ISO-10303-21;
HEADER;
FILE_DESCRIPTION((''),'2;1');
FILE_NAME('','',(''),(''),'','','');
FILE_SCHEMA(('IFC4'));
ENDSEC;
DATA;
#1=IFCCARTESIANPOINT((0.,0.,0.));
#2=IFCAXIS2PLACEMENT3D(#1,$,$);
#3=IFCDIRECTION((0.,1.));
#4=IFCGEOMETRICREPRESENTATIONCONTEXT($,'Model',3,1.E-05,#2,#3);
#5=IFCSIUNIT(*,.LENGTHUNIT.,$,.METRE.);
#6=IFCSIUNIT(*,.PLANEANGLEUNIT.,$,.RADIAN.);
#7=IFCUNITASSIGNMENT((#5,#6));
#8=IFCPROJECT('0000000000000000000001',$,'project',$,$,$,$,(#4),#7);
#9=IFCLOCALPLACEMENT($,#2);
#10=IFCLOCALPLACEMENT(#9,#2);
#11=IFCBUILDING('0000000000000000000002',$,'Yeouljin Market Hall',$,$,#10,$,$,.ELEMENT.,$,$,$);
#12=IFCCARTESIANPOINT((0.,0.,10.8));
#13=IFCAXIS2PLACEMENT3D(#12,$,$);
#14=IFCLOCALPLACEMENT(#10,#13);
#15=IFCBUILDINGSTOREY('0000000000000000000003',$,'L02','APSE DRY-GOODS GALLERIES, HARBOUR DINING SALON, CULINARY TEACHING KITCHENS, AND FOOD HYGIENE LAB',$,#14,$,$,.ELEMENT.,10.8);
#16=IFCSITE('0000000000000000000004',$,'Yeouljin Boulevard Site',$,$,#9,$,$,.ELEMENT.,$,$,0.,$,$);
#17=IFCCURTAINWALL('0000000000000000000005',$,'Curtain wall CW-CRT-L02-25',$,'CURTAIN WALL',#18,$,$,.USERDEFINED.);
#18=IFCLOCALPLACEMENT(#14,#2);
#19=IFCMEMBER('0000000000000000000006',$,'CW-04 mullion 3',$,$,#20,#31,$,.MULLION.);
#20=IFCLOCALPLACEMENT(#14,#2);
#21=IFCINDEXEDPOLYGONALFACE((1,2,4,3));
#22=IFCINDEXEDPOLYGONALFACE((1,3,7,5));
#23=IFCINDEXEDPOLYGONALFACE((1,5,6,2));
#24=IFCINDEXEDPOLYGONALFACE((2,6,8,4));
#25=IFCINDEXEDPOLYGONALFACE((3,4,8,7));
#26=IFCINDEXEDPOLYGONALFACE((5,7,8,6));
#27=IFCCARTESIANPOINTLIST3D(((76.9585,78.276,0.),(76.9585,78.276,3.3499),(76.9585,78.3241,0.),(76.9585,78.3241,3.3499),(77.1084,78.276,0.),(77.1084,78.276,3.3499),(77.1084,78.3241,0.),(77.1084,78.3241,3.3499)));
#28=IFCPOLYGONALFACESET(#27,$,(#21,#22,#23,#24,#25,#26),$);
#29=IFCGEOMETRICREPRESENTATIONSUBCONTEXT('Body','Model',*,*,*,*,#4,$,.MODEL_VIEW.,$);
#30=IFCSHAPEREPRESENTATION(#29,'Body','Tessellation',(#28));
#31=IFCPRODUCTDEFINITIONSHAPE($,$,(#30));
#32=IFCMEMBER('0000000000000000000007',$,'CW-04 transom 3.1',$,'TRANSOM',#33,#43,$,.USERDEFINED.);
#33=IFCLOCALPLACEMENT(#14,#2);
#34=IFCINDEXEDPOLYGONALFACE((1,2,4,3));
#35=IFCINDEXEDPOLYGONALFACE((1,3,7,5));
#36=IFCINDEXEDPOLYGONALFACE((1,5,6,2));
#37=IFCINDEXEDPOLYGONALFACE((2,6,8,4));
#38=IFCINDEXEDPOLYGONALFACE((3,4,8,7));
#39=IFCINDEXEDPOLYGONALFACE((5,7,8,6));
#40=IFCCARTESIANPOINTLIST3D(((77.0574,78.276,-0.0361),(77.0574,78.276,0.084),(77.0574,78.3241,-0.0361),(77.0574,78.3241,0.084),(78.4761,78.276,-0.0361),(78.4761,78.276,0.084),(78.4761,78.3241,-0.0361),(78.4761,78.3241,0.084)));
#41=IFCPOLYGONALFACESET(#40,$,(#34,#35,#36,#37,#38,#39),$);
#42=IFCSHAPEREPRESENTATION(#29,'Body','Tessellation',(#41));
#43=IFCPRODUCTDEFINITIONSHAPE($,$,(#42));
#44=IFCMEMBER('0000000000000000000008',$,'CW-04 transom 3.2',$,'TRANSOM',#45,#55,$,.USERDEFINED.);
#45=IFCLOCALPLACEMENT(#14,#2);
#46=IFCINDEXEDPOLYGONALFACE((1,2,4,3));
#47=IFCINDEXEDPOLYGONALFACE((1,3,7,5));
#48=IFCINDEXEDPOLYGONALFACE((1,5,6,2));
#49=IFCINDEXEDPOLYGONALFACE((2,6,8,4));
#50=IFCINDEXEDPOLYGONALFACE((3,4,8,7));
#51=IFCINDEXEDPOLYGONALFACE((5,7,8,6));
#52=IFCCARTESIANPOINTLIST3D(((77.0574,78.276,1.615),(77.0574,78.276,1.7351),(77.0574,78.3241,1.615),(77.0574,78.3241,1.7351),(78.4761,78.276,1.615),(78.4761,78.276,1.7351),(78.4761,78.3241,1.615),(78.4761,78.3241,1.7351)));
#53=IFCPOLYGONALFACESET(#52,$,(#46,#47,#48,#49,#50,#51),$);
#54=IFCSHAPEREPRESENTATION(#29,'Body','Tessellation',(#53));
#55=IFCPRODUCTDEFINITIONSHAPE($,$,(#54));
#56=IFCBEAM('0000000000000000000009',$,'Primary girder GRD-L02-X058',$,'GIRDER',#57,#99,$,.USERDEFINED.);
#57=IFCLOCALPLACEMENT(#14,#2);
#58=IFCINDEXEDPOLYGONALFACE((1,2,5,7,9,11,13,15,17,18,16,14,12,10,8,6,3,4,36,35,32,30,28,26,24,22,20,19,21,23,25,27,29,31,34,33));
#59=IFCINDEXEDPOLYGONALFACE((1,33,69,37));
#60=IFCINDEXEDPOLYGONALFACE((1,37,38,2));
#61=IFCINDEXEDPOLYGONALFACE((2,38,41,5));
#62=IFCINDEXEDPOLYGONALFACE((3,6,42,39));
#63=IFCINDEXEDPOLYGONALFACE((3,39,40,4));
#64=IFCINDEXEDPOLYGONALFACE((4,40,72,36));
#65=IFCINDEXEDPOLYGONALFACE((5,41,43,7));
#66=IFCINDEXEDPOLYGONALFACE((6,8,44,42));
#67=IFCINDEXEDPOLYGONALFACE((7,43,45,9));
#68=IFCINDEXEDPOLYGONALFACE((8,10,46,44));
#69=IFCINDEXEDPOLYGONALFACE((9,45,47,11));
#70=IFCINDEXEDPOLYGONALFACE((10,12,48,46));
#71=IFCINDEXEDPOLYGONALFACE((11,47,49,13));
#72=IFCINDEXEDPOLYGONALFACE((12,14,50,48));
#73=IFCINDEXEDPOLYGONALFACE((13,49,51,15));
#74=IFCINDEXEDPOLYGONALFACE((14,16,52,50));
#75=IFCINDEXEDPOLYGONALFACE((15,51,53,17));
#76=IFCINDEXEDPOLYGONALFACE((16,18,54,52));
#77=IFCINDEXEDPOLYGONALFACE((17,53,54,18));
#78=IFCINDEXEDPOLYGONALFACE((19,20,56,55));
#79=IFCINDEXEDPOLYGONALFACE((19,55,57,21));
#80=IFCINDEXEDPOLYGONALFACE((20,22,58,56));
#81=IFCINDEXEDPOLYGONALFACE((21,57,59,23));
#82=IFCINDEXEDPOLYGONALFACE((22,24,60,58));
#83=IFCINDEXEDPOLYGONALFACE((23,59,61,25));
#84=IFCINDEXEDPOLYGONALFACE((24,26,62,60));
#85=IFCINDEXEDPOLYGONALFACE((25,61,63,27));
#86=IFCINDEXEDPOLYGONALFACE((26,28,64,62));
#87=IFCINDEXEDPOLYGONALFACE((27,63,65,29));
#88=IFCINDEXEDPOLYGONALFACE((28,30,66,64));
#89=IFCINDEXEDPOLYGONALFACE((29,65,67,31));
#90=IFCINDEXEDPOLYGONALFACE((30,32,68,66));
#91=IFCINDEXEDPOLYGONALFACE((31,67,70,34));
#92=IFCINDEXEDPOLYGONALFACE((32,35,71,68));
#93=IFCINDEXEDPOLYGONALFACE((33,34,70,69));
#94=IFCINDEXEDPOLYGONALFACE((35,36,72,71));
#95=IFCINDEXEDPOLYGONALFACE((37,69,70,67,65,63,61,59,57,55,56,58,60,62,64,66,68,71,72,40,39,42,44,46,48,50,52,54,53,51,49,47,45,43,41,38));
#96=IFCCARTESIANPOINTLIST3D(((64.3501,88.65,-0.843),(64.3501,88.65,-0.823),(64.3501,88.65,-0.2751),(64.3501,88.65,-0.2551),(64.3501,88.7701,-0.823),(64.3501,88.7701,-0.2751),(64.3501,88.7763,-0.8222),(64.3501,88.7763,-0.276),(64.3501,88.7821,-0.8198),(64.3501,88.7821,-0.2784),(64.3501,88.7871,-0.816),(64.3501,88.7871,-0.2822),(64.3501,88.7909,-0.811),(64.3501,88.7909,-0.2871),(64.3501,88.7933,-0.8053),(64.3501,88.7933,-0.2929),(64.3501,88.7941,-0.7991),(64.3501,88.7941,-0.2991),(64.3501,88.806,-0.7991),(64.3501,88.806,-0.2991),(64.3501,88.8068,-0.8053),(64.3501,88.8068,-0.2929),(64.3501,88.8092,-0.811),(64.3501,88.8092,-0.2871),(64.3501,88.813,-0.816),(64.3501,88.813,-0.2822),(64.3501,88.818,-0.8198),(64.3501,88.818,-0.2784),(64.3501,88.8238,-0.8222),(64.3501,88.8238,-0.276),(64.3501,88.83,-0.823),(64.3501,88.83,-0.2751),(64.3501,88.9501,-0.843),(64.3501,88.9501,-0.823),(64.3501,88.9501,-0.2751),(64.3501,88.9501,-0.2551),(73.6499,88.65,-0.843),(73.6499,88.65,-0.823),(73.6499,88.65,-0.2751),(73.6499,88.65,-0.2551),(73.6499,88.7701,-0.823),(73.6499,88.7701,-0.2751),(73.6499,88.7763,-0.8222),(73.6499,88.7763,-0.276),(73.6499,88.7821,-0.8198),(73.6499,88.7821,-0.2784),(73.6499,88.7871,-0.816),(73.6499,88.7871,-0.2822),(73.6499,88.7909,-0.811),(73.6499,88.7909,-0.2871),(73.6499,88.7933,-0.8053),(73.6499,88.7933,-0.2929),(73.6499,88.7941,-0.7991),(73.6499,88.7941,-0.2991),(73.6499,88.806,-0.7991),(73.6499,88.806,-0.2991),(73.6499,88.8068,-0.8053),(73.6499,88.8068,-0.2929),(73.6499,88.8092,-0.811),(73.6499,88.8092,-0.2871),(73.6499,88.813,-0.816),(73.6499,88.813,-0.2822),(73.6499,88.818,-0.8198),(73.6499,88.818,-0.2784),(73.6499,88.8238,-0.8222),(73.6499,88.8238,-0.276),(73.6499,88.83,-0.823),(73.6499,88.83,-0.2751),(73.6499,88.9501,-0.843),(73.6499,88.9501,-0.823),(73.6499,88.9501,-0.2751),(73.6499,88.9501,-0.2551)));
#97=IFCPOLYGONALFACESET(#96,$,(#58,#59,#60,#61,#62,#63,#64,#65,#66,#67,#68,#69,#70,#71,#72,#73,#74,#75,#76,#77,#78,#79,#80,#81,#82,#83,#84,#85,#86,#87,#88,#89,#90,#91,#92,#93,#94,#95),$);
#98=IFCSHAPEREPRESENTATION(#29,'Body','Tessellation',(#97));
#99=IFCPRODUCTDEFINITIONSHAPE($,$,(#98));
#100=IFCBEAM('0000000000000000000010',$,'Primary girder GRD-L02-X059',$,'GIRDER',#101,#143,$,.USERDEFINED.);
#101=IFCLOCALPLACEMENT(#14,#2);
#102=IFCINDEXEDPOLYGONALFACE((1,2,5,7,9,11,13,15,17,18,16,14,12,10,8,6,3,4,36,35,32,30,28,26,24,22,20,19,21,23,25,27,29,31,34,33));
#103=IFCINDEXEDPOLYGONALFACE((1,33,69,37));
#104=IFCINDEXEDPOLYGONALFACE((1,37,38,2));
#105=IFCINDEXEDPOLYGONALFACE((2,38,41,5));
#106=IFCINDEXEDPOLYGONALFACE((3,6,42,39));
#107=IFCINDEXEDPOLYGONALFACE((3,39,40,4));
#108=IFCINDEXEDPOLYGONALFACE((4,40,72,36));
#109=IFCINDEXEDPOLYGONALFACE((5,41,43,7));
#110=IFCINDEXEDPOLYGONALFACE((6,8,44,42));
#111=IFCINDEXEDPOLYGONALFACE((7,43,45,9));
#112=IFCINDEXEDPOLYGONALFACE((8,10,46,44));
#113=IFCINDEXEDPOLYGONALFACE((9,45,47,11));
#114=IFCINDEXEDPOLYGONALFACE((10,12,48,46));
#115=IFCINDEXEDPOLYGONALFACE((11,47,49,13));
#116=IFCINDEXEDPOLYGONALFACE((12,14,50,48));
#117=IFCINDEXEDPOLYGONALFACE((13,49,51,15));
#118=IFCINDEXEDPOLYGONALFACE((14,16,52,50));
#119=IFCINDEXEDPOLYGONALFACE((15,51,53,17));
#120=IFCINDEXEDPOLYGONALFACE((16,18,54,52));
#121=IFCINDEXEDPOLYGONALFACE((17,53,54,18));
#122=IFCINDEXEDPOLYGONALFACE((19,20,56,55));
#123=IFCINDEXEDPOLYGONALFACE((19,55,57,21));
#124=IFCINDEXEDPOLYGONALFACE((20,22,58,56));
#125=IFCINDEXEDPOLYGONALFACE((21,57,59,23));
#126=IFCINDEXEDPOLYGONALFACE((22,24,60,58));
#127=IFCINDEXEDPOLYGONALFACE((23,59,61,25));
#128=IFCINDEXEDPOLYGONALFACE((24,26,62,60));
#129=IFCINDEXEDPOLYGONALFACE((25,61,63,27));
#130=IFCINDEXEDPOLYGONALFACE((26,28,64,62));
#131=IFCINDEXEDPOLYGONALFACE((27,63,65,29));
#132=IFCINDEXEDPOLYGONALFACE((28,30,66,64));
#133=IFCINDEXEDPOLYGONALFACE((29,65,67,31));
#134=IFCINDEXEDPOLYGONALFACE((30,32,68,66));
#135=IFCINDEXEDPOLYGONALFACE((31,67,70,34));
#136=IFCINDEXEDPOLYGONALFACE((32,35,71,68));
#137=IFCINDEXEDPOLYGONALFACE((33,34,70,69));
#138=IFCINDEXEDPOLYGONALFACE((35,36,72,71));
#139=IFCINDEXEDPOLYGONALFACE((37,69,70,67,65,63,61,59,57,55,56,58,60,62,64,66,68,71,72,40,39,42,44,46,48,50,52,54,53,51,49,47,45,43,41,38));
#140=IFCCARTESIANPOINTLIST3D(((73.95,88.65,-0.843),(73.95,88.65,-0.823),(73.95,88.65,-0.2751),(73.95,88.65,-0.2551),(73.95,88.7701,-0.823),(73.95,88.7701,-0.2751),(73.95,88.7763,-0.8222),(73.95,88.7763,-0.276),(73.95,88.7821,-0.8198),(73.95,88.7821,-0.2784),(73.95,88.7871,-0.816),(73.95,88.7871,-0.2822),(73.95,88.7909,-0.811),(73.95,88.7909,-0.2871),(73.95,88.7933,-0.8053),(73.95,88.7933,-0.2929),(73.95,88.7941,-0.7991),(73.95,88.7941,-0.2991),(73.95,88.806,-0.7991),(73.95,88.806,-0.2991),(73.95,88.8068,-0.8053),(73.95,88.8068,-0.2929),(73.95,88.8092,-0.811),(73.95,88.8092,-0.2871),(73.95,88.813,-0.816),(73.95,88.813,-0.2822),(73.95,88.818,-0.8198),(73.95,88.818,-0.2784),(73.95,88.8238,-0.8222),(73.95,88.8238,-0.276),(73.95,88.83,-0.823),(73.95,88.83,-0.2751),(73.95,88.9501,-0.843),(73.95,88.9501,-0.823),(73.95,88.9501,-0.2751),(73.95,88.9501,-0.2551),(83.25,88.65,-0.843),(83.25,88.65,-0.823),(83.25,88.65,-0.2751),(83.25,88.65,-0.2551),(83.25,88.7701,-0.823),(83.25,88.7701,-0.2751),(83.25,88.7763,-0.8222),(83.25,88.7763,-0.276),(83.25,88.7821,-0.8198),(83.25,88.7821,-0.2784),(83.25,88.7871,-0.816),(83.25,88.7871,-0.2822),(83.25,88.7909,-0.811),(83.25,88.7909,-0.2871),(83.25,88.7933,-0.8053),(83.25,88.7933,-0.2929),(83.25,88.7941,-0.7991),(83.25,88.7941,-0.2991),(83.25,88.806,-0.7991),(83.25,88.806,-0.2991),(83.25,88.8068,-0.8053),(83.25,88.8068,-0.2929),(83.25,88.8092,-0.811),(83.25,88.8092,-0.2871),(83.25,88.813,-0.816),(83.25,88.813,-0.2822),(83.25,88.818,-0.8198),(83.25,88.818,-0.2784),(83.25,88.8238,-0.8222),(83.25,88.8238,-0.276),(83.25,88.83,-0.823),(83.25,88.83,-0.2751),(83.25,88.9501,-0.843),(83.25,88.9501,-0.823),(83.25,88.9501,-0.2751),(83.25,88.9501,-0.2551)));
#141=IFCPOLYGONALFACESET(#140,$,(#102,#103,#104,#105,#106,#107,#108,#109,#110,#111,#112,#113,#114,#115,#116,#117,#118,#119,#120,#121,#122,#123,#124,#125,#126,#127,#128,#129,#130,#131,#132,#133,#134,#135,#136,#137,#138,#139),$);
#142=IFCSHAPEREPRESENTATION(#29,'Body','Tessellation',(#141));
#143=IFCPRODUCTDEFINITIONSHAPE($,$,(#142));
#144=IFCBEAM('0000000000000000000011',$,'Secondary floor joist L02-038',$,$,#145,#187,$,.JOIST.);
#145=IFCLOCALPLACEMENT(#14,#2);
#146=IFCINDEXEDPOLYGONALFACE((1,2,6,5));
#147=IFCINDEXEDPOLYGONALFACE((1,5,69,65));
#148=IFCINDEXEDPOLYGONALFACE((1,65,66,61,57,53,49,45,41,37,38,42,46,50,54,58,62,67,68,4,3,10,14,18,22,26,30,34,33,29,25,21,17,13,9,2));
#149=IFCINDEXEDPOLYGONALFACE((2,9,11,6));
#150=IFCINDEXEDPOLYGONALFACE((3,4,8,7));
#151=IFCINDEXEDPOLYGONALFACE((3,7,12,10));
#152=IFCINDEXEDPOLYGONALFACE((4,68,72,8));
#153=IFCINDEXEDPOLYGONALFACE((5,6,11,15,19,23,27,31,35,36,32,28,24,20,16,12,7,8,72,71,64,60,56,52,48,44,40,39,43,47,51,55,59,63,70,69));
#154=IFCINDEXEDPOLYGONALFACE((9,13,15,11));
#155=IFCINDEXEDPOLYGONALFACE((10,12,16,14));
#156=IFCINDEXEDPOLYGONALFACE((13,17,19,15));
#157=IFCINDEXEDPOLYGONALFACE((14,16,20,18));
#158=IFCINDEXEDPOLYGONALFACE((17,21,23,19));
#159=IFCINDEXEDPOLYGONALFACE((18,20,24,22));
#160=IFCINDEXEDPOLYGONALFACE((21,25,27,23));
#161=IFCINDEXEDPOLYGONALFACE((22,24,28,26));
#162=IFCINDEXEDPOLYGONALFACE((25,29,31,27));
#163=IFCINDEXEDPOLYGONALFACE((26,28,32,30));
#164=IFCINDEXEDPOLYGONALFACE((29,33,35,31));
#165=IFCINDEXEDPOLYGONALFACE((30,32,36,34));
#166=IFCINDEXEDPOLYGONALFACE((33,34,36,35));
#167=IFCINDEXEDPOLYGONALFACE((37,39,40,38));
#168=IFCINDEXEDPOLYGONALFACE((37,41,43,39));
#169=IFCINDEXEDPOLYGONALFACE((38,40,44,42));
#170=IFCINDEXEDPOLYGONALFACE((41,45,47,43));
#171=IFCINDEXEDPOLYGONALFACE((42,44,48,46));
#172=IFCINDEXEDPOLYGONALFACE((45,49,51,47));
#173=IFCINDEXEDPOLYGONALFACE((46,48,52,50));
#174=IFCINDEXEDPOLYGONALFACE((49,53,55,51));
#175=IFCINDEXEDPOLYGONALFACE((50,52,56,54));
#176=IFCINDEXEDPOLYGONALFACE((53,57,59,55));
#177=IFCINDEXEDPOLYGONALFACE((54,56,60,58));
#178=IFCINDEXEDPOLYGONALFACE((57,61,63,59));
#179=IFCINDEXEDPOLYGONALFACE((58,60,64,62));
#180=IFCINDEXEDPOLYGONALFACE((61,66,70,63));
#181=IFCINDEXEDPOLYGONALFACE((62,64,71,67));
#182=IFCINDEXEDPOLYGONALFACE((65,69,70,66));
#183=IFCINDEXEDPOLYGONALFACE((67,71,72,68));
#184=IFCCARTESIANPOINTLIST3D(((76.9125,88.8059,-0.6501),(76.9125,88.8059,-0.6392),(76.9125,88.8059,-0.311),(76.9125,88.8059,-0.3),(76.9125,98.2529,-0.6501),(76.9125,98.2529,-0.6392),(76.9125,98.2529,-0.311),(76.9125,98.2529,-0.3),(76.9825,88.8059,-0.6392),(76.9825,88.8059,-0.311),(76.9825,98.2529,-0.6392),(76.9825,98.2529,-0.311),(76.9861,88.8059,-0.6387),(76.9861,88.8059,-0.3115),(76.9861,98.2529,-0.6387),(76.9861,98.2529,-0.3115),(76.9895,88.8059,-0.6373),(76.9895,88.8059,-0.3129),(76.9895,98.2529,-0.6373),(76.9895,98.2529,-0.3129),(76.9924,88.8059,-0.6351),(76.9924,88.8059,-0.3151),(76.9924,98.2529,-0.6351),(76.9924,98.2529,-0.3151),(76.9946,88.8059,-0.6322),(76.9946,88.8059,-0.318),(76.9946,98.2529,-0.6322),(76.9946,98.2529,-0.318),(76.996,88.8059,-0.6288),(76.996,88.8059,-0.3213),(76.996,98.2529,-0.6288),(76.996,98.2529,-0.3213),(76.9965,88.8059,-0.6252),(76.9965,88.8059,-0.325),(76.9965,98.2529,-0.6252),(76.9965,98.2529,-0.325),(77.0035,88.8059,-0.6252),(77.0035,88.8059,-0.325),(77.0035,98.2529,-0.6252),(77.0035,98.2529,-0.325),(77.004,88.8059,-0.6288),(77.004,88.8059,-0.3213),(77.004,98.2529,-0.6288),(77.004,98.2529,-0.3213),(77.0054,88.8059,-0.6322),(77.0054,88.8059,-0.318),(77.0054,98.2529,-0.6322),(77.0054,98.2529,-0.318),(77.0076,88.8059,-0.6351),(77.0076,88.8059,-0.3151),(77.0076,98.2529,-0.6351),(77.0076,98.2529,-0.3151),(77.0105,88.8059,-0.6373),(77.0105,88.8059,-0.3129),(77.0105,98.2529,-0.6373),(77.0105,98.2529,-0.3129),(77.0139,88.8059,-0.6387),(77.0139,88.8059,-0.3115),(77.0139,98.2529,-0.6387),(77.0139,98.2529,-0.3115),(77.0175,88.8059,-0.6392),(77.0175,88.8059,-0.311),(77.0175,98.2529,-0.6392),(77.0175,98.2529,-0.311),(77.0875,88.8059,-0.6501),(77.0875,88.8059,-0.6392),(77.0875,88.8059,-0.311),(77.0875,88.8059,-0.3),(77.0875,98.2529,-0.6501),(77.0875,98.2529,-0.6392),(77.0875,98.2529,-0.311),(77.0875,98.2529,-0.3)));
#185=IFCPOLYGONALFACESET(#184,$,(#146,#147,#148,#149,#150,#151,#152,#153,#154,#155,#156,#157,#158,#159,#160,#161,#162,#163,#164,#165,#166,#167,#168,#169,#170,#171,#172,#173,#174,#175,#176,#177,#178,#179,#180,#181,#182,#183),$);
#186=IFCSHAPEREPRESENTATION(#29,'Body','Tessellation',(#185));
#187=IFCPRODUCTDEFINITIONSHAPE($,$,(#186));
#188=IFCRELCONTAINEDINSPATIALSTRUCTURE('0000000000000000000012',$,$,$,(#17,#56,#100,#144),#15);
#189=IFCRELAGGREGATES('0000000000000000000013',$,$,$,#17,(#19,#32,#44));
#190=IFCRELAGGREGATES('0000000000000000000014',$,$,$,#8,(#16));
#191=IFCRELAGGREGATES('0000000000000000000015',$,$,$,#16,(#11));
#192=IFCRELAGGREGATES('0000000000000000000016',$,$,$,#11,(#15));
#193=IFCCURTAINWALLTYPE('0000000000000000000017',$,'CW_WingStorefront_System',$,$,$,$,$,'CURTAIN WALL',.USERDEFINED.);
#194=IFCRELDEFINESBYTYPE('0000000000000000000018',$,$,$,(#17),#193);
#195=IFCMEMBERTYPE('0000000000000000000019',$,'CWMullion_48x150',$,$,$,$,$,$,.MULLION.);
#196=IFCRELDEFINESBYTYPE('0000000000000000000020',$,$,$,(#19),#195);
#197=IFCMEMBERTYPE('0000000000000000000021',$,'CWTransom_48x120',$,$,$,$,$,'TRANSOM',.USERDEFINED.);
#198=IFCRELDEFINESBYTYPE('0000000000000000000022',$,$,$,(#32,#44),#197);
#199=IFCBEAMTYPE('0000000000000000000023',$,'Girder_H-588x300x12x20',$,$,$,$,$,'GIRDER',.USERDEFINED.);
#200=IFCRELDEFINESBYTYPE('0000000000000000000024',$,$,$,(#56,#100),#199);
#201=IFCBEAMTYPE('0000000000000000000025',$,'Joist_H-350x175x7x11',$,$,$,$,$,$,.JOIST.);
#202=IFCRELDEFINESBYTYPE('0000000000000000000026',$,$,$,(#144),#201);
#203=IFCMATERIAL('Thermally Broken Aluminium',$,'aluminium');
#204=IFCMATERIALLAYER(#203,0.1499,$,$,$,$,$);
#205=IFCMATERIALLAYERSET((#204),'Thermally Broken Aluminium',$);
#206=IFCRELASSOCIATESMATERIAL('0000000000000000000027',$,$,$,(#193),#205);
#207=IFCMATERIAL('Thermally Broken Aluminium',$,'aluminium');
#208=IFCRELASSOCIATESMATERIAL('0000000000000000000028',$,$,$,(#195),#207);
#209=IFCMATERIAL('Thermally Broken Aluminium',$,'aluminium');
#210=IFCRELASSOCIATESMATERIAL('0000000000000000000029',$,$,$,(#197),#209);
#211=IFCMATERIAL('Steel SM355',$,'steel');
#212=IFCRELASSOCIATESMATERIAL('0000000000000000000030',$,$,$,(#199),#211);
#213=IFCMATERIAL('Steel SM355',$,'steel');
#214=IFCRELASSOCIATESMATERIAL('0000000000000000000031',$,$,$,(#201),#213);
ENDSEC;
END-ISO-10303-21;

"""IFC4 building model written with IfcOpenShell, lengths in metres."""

from ifc_helpers import new_model, si_unit, direction, frame, origin, origin_2d, place, context, subcontext, project, spatial, rectangle, i_section, extrude, material, layer, layer_set, material_profile, profile_set, type_object, element, aggregate, save


model = new_model("IFC4")

# Units and contexts
model_context = context("Model", 3, precision=1e-05, world=origin(), true_north=direction((0.0, 1.0)))
body_context = subcontext(model_context, "Body", "Model", "MODEL_VIEW")
ifc_project = project(units=[si_unit("LENGTHUNIT", "METRE"), si_unit("PLANEANGLEUNIT", "RADIAN")], contexts=[model_context])

# Site, building, storey
site_placement = place(None, origin())
site = spatial("IfcSite", under=ifc_project, at=site_placement, Name="Yeouljin Boulevard Site", CompositionType="ELEMENT", RefElevation=0.0)
building_placement = place(site_placement, origin())
building = spatial("IfcBuilding", under=site, at=building_placement, Name="Yeouljin Market Hall", CompositionType="ELEMENT")
storey_placement = place(building_placement, frame((0.0, 0.0, 10.8)))
storey = spatial("IfcBuildingStorey", under=building, at=storey_placement, Name="L02", Description="APSE DRY-GOODS GALLERIES, HARBOUR DINING SALON, CULINARY TEACHING KITCHENS, AND FOOD HYGIENE LAB", CompositionType="ELEMENT", Elevation=10.8)

# Curtain wall, members
ifc_material_1 = material(Name="Thermally Broken Aluminium", Category="aluminium")
ifc_layer_1 = layer(ifc_material_1, 0.1499)
ifc_layer_set_1 = layer_set([ifc_layer_1], Name="Thermally Broken Aluminium")
curtain_wall_type = type_object("IfcCurtainWallType", Name="CW_WingStorefront_System", ElementType="CURTAIN WALL", PredefinedType="USERDEFINED", material=ifc_layer_set_1)
curtain_wall_placement = place(storey_placement, origin())
curtain_wall = element("IfcCurtainWall", 1, at=curtain_wall_placement, inside=storey, type_object=curtain_wall_type, Name="Curtain wall CW-CRT-L02-25", ObjectType="CURTAIN WALL", PredefinedType="USERDEFINED")
ifc_material_2 = material(Name="Thermally Broken Aluminium", Category="aluminium")
ifc_material_profile_1 = material_profile(ifc_material_2, rectangle(XDim=0.0481, YDim=0.1499, at=origin_2d()), Name="CW-MULL-48x150")
ifc_profile_set_1 = profile_set([ifc_material_profile_1], Name="Thermally Broken Aluminium")
member_type_1 = type_object("IfcMemberType", Name="CWMullion_48x150", PredefinedType="MULLION", material=ifc_profile_set_1)
member_1_placement = place(storey_placement, frame((77.0334, 78.3, 0.0), z_axis=(0.0, 0.0, 1.0), x_axis=(0.0, 1.0, 0.0)))
member_1 = element("IfcMember", 2, at=member_1_placement, type_object=member_type_1, Name="CW-04 mullion 3", PredefinedType="MULLION", context=body_context, shape_type="SweptSolid", body=[
    extrude(rectangle(XDim=0.0481, YDim=0.1499, at=origin_2d()), origin(), (0.0, 0.0, 1.0), 3.3499),
])
ifc_material_3 = material(Name="Thermally Broken Aluminium", Category="aluminium")
ifc_material_profile_2 = material_profile(ifc_material_3, rectangle(XDim=0.0481, YDim=0.1201, at=origin_2d()), Name="CW-TRAN-48x120")
ifc_profile_set_2 = profile_set([ifc_material_profile_2], Name="Thermally Broken Aluminium")
member_type_2 = type_object("IfcMemberType", Name="CWTransom_48x120", ElementType="TRANSOM", PredefinedType="USERDEFINED", material=ifc_profile_set_2)
member_2_placement = place(storey_placement, frame((77.0574, 78.3, 0.0239), z_axis=(1.0, 0.0, 0.0), x_axis=(0.0, 1.0, 0.0)))
member_2 = element("IfcMember", 3, at=member_2_placement, type_object=member_type_2, Name="CW-04 transom 3.1", ObjectType="TRANSOM", PredefinedType="USERDEFINED", context=body_context, shape_type="SweptSolid", body=[
    extrude(rectangle(XDim=0.0481, YDim=0.1201, at=origin_2d()), origin(), (0.0, 0.0, 1.0), 1.4187),
])
member_3_placement = place(storey_placement, frame((77.0574, 78.3, 1.675), z_axis=(1.0, 0.0, 0.0), x_axis=(0.0, 1.0, 0.0)))
member_3 = element("IfcMember", 4, at=member_3_placement, type_object=member_type_2, Name="CW-04 transom 3.2", ObjectType="TRANSOM", PredefinedType="USERDEFINED", context=body_context, shape_type="SweptSolid", body=[
    extrude(rectangle(XDim=0.0481, YDim=0.1201, at=origin_2d()), origin(), (0.0, 0.0, 1.0), 1.4187),
])

# Beams
ifc_material_4 = material(Name="Steel SM355", Category="steel")
ifc_material_profile_3 = material_profile(ifc_material_4, i_section(OverallWidth=0.3, OverallDepth=0.5879, WebThickness=0.012, FlangeThickness=0.02, FilletRadius=0.0239, at=origin_2d()), Name="H-588x300x12x20")
ifc_profile_set_3 = profile_set([ifc_material_profile_3], Name="Steel SM355")
beam_type_1 = type_object("IfcBeamType", Name="Girder_H-588x300x12x20", ElementType="GIRDER", PredefinedType="USERDEFINED", material=ifc_profile_set_3)
beam_1_placement = place(storey_placement, frame((64.3501, 88.8, -0.5491), z_axis=(1.0, 0.0, 0.0), x_axis=(0.0, 1.0, 0.0)))
element("IfcBeam", 5, at=beam_1_placement, inside=storey, type_object=beam_type_1, Name="Primary girder GRD-L02-X058", ObjectType="GIRDER", PredefinedType="USERDEFINED", context=body_context, shape_type="SweptSolid", body=[
    extrude(i_section(OverallWidth=0.3, OverallDepth=0.5879, WebThickness=0.012, FlangeThickness=0.02, FilletRadius=0.0239, at=origin_2d()), origin(), (0.0, 0.0, 1.0), 9.2998),
])
beam_2_placement = place(storey_placement, frame((73.95, 88.8, -0.5491), z_axis=(1.0, 0.0, 0.0), x_axis=(0.0, 1.0, 0.0)))
element("IfcBeam", 6, at=beam_2_placement, inside=storey, type_object=beam_type_1, Name="Primary girder GRD-L02-X059", ObjectType="GIRDER", PredefinedType="USERDEFINED", context=body_context, shape_type="SweptSolid", body=[
    extrude(i_section(OverallWidth=0.3, OverallDepth=0.5879, WebThickness=0.012, FlangeThickness=0.02, FilletRadius=0.0239, at=origin_2d()), origin(), (0.0, 0.0, 1.0), 9.3),
])
ifc_material_5 = material(Name="Steel SM355", Category="steel")
ifc_material_profile_4 = material_profile(ifc_material_5, i_section(OverallWidth=0.175, OverallDepth=0.3501, WebThickness=0.0071, FlangeThickness=0.011, FilletRadius=0.0139, at=origin_2d()), Name="H-350x175x7x11")
ifc_profile_set_4 = profile_set([ifc_material_profile_4], Name="Steel SM355")
beam_type_2 = type_object("IfcBeamType", Name="Joist_H-350x175x7x11", PredefinedType="JOIST", material=ifc_profile_set_4)
beam_3_placement = place(storey_placement, frame((77.0, 88.8059, -0.4751), z_axis=(0.0, 1.0, 0.0), x_axis=(-1.0, 0.0, 0.0)))
element("IfcBeam", 7, at=beam_3_placement, inside=storey, type_object=beam_type_2, Name="Secondary floor joist L02-038", PredefinedType="JOIST", context=body_context, shape_type="SweptSolid", body=[
    extrude(i_section(OverallWidth=0.175, OverallDepth=0.3501, WebThickness=0.0071, FlangeThickness=0.011, FilletRadius=0.0139, at=origin_2d()), origin(), (0.0, 0.0, 1.0), 9.447),
])

aggregate(curtain_wall, [member_1, member_2, member_3])

save(model, "model.ifc")
